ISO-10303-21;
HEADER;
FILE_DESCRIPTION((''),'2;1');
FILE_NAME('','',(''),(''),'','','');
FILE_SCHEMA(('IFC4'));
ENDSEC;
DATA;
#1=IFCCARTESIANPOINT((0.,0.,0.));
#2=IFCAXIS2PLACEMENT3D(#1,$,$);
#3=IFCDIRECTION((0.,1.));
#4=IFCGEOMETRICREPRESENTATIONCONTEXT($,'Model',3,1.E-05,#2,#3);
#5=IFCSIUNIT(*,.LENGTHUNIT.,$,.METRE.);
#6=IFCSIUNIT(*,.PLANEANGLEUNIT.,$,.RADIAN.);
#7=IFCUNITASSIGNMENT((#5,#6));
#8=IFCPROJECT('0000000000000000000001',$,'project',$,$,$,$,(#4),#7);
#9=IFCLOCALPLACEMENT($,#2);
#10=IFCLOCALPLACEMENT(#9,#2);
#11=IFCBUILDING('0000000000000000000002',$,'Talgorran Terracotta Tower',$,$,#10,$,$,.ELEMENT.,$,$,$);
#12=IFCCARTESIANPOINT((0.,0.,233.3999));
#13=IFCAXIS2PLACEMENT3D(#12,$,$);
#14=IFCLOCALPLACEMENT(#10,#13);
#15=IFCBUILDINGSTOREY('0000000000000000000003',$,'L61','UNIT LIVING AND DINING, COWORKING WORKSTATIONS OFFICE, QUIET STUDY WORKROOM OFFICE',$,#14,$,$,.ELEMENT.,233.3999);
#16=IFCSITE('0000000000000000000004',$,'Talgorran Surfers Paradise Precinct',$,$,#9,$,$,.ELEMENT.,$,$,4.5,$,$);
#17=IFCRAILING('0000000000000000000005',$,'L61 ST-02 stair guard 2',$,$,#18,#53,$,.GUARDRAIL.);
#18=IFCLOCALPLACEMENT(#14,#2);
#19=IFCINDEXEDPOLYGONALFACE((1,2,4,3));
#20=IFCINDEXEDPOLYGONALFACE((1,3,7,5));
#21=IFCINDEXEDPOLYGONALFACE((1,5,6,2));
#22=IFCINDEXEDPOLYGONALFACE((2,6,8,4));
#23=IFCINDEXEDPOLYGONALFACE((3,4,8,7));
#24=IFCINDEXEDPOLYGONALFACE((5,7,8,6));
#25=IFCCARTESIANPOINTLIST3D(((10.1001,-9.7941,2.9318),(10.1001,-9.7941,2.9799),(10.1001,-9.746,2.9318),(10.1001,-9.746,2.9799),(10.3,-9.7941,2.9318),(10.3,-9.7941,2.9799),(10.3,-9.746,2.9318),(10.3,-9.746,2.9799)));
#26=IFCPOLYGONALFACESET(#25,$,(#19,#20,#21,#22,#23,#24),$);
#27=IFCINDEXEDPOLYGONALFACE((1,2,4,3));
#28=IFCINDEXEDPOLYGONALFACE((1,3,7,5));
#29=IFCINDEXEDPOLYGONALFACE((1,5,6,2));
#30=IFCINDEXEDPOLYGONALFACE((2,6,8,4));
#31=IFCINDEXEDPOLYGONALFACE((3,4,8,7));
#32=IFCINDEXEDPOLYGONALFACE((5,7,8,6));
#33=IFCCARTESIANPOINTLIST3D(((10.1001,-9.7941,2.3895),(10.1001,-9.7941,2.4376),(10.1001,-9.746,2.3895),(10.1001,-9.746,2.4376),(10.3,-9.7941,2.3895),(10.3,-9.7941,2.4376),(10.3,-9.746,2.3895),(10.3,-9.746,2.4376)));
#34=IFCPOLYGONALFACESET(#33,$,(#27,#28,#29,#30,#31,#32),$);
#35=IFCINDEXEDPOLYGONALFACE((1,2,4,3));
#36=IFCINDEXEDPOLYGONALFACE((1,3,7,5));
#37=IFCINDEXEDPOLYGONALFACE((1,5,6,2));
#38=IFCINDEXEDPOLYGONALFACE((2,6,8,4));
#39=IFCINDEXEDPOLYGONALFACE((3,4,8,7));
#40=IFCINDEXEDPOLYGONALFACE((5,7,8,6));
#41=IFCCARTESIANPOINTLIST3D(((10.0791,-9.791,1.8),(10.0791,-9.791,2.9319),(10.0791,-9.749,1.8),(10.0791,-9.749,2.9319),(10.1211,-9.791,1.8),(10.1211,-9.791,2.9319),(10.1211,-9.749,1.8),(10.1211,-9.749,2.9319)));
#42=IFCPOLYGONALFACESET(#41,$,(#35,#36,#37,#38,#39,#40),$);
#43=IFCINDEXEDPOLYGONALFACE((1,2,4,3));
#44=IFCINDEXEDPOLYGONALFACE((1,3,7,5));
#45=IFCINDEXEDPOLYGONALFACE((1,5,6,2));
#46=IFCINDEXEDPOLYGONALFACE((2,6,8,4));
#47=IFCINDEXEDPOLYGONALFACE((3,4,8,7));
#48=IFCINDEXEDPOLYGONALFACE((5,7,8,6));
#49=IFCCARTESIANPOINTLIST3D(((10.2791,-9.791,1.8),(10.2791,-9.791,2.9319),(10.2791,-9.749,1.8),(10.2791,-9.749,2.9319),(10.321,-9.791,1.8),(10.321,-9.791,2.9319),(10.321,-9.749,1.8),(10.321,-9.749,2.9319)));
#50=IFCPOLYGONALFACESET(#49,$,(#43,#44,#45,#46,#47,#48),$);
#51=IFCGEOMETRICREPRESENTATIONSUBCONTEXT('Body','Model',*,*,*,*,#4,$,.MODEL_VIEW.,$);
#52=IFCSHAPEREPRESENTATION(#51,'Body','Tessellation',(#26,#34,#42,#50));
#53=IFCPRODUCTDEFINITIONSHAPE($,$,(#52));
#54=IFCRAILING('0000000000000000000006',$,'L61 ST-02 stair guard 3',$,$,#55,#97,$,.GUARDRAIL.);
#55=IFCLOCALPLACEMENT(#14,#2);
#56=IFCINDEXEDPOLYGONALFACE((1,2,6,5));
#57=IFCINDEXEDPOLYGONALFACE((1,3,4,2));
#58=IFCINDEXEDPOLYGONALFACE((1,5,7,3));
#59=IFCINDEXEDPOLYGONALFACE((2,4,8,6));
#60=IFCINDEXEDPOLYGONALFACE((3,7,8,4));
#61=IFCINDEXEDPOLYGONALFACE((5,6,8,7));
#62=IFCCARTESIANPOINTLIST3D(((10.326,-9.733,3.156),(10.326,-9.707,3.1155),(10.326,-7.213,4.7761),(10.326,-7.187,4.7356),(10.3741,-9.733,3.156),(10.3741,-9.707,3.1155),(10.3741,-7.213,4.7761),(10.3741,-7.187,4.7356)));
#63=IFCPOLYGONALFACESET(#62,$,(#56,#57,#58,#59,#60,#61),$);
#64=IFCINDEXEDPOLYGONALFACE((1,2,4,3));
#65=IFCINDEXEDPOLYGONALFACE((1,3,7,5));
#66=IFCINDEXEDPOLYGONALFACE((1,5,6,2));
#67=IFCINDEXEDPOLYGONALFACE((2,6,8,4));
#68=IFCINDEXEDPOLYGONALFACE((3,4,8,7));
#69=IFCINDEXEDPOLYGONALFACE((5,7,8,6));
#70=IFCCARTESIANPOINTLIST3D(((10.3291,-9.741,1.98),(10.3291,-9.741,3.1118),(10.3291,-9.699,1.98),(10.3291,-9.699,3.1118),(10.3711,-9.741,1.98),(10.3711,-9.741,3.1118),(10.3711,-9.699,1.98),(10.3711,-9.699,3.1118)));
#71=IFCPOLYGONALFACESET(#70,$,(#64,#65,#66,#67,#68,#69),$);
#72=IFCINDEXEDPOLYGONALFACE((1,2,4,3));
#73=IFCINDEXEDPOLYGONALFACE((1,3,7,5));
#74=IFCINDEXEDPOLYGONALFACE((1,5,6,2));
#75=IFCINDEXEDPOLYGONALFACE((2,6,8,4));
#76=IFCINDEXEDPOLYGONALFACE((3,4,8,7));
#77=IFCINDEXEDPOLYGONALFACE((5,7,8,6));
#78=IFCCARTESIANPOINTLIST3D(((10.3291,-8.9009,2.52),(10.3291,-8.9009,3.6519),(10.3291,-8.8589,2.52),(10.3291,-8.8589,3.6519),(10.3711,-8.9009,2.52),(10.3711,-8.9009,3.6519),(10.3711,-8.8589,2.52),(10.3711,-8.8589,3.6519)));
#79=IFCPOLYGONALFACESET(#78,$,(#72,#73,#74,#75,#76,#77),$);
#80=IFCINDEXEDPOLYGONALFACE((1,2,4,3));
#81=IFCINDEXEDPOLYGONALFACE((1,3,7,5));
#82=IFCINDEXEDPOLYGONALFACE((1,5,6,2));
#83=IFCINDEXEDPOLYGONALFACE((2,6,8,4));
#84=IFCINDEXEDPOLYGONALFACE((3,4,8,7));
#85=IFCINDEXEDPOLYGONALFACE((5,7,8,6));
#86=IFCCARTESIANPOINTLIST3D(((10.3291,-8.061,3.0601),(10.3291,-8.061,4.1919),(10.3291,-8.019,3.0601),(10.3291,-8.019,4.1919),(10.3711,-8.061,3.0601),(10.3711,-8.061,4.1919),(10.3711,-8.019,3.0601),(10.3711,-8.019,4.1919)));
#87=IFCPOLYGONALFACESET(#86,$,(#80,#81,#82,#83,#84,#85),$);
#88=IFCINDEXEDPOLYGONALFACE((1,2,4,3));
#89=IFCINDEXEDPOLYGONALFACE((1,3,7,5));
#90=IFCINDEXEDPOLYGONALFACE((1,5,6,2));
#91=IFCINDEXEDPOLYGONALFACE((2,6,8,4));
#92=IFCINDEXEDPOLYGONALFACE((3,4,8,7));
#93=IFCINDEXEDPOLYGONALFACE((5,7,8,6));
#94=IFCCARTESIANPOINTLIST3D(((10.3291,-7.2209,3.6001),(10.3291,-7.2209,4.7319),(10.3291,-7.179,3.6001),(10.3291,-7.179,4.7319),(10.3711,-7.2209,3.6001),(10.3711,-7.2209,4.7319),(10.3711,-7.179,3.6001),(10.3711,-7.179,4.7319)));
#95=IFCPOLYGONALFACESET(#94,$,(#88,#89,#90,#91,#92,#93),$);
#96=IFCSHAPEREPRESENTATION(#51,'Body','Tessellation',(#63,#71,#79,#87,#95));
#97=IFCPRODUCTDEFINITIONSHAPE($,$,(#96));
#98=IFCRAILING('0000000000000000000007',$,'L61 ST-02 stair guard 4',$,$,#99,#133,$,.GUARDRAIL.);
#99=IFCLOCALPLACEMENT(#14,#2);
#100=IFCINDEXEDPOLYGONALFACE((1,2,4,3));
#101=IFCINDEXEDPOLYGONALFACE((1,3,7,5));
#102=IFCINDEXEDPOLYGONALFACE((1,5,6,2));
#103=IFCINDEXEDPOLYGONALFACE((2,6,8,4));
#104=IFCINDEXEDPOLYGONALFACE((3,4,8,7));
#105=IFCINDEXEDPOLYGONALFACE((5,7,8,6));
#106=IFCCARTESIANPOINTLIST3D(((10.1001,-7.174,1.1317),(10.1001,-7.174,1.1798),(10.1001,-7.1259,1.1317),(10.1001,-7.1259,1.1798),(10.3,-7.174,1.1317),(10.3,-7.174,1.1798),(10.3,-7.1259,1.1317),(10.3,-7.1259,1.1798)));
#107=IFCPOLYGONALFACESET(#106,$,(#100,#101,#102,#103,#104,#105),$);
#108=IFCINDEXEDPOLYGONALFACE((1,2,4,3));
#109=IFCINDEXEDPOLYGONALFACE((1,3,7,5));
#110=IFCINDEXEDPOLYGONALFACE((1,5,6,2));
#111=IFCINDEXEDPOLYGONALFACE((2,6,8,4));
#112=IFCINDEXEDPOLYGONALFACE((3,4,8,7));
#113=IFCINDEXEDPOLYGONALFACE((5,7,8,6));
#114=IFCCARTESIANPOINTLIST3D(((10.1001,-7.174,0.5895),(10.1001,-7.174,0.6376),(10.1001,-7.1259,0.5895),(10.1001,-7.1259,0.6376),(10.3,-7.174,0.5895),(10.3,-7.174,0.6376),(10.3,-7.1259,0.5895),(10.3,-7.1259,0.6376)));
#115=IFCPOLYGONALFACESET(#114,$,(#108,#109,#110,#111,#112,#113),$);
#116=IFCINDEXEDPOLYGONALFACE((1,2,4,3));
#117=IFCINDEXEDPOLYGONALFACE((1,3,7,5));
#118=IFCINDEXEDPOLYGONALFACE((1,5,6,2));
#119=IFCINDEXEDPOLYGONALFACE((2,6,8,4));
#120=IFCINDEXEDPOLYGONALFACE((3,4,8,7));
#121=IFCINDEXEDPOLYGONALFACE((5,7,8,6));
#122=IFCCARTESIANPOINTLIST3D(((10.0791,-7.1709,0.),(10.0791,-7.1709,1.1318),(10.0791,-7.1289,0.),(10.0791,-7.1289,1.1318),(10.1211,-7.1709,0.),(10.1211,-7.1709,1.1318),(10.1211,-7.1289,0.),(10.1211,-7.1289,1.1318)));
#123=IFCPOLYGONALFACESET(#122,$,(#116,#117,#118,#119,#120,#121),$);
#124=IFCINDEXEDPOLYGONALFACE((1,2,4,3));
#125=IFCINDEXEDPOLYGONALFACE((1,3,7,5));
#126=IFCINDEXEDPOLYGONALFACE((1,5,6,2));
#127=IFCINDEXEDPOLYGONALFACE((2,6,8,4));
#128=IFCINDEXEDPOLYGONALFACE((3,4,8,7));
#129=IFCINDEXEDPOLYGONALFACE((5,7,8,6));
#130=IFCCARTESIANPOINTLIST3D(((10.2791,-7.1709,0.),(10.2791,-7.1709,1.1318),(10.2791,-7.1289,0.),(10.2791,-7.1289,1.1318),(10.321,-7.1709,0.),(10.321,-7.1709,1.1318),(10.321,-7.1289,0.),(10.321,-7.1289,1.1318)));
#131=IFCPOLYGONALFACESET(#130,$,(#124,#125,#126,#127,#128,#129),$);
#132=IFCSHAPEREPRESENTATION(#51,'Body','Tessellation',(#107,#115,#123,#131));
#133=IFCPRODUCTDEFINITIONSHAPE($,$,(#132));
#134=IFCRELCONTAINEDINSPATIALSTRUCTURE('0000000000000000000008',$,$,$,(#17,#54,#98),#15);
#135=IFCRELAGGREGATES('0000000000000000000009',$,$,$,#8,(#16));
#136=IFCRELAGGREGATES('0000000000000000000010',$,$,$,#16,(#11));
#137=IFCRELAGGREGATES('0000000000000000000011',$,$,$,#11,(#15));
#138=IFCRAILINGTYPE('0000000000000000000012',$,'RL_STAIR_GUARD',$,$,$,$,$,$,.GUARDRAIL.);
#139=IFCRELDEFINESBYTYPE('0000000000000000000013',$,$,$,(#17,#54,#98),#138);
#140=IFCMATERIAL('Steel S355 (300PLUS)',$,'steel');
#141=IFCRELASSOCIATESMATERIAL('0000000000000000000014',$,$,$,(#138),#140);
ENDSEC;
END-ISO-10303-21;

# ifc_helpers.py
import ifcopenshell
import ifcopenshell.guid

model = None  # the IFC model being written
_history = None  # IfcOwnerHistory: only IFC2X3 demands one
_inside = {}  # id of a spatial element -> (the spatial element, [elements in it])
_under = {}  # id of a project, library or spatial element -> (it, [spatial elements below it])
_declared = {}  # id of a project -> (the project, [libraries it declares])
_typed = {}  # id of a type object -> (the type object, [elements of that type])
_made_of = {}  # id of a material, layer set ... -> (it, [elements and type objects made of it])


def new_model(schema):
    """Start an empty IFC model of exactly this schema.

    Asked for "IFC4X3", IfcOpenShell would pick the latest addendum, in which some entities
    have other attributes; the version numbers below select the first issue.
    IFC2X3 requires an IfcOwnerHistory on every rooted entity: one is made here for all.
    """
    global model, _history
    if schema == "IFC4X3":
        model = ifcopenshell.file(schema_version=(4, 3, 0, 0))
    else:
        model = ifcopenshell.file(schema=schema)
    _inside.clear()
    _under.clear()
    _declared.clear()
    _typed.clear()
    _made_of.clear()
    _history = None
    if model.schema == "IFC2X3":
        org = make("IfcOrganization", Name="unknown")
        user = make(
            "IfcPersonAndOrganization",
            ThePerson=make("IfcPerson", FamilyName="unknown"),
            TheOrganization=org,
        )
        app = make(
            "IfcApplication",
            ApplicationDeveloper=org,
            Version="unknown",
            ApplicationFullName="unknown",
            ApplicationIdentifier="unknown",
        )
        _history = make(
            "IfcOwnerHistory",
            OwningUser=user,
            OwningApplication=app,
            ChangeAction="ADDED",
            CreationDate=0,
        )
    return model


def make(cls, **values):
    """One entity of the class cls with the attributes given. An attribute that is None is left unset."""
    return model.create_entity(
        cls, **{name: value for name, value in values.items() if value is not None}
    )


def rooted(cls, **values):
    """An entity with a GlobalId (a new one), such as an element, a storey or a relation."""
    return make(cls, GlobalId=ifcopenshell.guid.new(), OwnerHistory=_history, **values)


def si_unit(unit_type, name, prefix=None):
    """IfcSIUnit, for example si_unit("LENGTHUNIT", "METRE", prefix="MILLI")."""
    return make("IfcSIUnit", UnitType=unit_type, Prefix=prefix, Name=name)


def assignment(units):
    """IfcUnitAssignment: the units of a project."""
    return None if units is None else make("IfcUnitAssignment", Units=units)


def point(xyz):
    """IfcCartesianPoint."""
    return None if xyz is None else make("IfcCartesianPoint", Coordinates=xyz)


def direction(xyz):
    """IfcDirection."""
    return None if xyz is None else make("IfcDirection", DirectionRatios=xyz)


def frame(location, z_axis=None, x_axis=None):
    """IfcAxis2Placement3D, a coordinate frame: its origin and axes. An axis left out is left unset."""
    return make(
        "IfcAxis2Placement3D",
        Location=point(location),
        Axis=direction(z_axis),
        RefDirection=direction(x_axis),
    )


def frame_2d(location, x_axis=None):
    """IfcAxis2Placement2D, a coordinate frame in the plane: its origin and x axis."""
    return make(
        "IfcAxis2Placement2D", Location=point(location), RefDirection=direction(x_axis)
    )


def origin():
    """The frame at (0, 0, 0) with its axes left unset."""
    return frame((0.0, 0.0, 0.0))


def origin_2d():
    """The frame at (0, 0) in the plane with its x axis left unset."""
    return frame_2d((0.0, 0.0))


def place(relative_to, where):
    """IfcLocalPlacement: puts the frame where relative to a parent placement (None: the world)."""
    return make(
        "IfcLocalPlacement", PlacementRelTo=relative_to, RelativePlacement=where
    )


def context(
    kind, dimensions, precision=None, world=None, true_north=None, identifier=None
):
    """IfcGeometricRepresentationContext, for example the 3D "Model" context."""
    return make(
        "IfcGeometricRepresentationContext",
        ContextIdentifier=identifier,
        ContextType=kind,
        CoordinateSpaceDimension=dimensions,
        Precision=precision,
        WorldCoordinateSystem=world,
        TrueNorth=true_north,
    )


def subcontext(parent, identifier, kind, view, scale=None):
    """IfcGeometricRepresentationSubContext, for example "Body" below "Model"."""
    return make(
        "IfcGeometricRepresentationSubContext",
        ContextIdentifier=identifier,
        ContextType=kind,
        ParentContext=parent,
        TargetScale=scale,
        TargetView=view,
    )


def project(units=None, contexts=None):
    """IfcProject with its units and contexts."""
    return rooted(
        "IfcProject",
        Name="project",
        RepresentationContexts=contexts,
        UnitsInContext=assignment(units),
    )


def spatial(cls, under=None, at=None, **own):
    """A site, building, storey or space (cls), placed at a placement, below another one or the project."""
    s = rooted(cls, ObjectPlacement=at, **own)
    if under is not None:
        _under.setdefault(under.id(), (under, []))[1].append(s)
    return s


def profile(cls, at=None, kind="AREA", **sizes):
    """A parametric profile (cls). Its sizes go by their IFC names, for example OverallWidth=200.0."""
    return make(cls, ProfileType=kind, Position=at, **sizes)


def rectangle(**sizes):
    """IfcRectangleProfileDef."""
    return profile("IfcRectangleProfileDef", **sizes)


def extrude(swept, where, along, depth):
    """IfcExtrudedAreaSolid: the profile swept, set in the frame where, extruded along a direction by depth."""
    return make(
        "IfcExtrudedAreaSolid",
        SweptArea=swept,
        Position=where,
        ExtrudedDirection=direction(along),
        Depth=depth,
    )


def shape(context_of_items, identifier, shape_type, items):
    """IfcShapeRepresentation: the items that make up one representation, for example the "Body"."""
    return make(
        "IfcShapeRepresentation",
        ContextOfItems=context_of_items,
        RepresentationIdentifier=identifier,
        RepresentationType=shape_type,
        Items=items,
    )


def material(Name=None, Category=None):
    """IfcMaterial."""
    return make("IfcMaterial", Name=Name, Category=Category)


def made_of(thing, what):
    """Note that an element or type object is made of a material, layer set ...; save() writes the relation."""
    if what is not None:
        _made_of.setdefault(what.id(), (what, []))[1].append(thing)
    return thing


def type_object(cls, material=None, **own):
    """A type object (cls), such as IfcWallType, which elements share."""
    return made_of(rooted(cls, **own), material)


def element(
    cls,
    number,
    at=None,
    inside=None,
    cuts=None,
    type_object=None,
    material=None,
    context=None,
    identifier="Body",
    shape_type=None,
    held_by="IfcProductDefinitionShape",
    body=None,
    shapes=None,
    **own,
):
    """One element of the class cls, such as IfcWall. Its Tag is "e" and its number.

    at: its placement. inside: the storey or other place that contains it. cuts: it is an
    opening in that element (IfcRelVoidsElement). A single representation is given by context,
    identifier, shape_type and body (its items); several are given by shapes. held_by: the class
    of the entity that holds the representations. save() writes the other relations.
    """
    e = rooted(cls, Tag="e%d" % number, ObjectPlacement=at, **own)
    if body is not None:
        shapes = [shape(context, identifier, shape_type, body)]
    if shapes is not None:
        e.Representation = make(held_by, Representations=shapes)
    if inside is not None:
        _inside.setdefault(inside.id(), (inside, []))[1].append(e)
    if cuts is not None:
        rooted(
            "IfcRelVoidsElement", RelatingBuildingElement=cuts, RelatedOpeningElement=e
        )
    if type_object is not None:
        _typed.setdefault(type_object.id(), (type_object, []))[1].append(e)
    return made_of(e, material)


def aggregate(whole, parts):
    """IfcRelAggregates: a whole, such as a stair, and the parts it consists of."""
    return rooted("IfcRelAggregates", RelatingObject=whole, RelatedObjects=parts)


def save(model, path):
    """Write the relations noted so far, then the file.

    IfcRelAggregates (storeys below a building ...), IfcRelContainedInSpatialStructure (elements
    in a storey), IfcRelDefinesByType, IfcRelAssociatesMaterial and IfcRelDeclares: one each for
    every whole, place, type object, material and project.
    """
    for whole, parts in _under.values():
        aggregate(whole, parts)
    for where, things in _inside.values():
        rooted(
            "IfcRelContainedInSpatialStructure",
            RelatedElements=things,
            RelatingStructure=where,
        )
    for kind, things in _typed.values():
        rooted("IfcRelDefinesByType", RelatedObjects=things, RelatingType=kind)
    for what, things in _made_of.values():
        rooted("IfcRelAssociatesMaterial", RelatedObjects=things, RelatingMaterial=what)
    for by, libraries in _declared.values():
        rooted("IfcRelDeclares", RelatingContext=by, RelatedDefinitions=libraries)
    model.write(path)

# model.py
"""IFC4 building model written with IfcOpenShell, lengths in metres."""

from ifc_helpers import new_model, si_unit, direction, frame, origin, origin_2d, place, context, subcontext, project, spatial, rectangle, extrude, material, type_object, element, save


model = new_model("IFC4")

# Units and contexts
model_context = context("Model", 3, precision=1e-05, world=origin(), true_north=direction((0.0, 1.0)))
body_context = subcontext(model_context, "Body", "Model", "MODEL_VIEW")
ifc_project = project(units=[si_unit("LENGTHUNIT", "METRE"), si_unit("PLANEANGLEUNIT", "RADIAN")], contexts=[model_context])

# Site, building, storey
site_placement = place(None, origin())
site = spatial("IfcSite", under=ifc_project, at=site_placement, Name="Talgorran Surfers Paradise Precinct", CompositionType="ELEMENT", RefElevation=4.5)
building_placement = place(site_placement, origin())
building = spatial("IfcBuilding", under=site, at=building_placement, Name="Talgorran Terracotta Tower", CompositionType="ELEMENT")
storey_placement = place(building_placement, frame((0.0, 0.0, 233.3999)))
storey = spatial("IfcBuildingStorey", under=building, at=storey_placement, Name="L61", Description="UNIT LIVING AND DINING, COWORKING WORKSTATIONS OFFICE, QUIET STUDY WORKROOM OFFICE", CompositionType="ELEMENT", Elevation=233.3999)

# Shared definitions
ifc_material_1 = material(Name="Steel S355 (300PLUS)", Category="steel")

# Railings
railing_type_1 = type_object("IfcRailingType", Name="RL_STAIR_GUARD", PredefinedType="GUARDRAIL", material=ifc_material_1)
railing_1_placement = place(storey_placement, frame((10.1001, -9.77, 1.8)))
element("IfcRailing", 1, at=railing_1_placement, inside=storey, type_object=railing_type_1, Name="L61 ST-02 stair guard 2", PredefinedType="GUARDRAIL", context=body_context, shape_type="SweptSolid", body=[
    extrude(rectangle(XDim=0.0481, YDim=0.0481, at=origin_2d()), frame((0.0, 0.0, 1.1558), z_axis=(1.0, 0.0, 0.0), x_axis=(0.0, 1.0, 0.0)), (0.0, 0.0, 1.0), 0.2),
    extrude(rectangle(XDim=0.0481, YDim=0.0481, at=origin_2d()), frame((0.0, 0.0, 0.6135), z_axis=(1.0, 0.0, 0.0), x_axis=(0.0, 1.0, 0.0)), (0.0, 0.0, 1.0), 0.2),
    extrude(rectangle(XDim=0.042, YDim=0.042, at=origin_2d()), origin(), (0.0, 0.0, 1.0), 1.1318),
    extrude(rectangle(XDim=0.042, YDim=0.042, at=origin_2d()), frame((0.2, 0.0, 0.0)), (0.0, 0.0, 1.0), 1.1318),
])
railing_2_placement = place(storey_placement, frame((10.3501, -9.72, 1.98)))
element("IfcRailing", 2, at=railing_2_placement, inside=storey, type_object=railing_type_1, Name="L61 ST-02 stair guard 3", PredefinedType="GUARDRAIL", context=body_context, shape_type="SweptSolid", body=[
    extrude(rectangle(XDim=0.0481, YDim=0.0481, at=origin_2d()), frame((0.0, 0.0, 1.1558), z_axis=(0.0, 0.841163, 0.540782), x_axis=(-1.0, 0.0, 0.0)), (0.0, 0.0, 1.0), 2.9958),
    extrude(rectangle(XDim=0.042, YDim=0.042, at=origin_2d()), origin(), (0.0, 0.0, 1.0), 1.1318),
    extrude(rectangle(XDim=0.042, YDim=0.042, at=origin_2d()), frame((0.0, 0.8401, 0.54)), (0.0, 0.0, 1.0), 1.1318),
    extrude(rectangle(XDim=0.042, YDim=0.042, at=origin_2d()), frame((0.0, 1.6799, 1.0801)), (0.0, 0.0, 1.0), 1.1318),
    extrude(rectangle(XDim=0.042, YDim=0.042, at=origin_2d()), frame((0.0, 2.52, 1.6201)), (0.0, 0.0, 1.0), 1.1318),
])
railing_3_placement = place(storey_placement, frame((10.1001, -7.1499, 0.0)))
element("IfcRailing", 3, at=railing_3_placement, inside=storey, type_object=railing_type_1, Name="L61 ST-02 stair guard 4", PredefinedType="GUARDRAIL", context=body_context, shape_type="SweptSolid", body=[
    extrude(rectangle(XDim=0.0481, YDim=0.0481, at=origin_2d()), frame((0.0, 0.0, 1.1558), z_axis=(1.0, 0.0, 0.0), x_axis=(0.0, 1.0, 0.0)), (0.0, 0.0, 1.0), 0.2),
    extrude(rectangle(XDim=0.0481, YDim=0.0481, at=origin_2d()), frame((0.0, 0.0, 0.6135), z_axis=(1.0, 0.0, 0.0), x_axis=(0.0, 1.0, 0.0)), (0.0, 0.0, 1.0), 0.2),
    extrude(rectangle(XDim=0.042, YDim=0.042, at=origin_2d()), origin(), (0.0, 0.0, 1.0), 1.1318),
    extrude(rectangle(XDim=0.042, YDim=0.042, at=origin_2d()), frame((0.2, 0.0, 0.0)), (0.0, 0.0, 1.0), 1.1318),
])

save(model, "model.ifc")
